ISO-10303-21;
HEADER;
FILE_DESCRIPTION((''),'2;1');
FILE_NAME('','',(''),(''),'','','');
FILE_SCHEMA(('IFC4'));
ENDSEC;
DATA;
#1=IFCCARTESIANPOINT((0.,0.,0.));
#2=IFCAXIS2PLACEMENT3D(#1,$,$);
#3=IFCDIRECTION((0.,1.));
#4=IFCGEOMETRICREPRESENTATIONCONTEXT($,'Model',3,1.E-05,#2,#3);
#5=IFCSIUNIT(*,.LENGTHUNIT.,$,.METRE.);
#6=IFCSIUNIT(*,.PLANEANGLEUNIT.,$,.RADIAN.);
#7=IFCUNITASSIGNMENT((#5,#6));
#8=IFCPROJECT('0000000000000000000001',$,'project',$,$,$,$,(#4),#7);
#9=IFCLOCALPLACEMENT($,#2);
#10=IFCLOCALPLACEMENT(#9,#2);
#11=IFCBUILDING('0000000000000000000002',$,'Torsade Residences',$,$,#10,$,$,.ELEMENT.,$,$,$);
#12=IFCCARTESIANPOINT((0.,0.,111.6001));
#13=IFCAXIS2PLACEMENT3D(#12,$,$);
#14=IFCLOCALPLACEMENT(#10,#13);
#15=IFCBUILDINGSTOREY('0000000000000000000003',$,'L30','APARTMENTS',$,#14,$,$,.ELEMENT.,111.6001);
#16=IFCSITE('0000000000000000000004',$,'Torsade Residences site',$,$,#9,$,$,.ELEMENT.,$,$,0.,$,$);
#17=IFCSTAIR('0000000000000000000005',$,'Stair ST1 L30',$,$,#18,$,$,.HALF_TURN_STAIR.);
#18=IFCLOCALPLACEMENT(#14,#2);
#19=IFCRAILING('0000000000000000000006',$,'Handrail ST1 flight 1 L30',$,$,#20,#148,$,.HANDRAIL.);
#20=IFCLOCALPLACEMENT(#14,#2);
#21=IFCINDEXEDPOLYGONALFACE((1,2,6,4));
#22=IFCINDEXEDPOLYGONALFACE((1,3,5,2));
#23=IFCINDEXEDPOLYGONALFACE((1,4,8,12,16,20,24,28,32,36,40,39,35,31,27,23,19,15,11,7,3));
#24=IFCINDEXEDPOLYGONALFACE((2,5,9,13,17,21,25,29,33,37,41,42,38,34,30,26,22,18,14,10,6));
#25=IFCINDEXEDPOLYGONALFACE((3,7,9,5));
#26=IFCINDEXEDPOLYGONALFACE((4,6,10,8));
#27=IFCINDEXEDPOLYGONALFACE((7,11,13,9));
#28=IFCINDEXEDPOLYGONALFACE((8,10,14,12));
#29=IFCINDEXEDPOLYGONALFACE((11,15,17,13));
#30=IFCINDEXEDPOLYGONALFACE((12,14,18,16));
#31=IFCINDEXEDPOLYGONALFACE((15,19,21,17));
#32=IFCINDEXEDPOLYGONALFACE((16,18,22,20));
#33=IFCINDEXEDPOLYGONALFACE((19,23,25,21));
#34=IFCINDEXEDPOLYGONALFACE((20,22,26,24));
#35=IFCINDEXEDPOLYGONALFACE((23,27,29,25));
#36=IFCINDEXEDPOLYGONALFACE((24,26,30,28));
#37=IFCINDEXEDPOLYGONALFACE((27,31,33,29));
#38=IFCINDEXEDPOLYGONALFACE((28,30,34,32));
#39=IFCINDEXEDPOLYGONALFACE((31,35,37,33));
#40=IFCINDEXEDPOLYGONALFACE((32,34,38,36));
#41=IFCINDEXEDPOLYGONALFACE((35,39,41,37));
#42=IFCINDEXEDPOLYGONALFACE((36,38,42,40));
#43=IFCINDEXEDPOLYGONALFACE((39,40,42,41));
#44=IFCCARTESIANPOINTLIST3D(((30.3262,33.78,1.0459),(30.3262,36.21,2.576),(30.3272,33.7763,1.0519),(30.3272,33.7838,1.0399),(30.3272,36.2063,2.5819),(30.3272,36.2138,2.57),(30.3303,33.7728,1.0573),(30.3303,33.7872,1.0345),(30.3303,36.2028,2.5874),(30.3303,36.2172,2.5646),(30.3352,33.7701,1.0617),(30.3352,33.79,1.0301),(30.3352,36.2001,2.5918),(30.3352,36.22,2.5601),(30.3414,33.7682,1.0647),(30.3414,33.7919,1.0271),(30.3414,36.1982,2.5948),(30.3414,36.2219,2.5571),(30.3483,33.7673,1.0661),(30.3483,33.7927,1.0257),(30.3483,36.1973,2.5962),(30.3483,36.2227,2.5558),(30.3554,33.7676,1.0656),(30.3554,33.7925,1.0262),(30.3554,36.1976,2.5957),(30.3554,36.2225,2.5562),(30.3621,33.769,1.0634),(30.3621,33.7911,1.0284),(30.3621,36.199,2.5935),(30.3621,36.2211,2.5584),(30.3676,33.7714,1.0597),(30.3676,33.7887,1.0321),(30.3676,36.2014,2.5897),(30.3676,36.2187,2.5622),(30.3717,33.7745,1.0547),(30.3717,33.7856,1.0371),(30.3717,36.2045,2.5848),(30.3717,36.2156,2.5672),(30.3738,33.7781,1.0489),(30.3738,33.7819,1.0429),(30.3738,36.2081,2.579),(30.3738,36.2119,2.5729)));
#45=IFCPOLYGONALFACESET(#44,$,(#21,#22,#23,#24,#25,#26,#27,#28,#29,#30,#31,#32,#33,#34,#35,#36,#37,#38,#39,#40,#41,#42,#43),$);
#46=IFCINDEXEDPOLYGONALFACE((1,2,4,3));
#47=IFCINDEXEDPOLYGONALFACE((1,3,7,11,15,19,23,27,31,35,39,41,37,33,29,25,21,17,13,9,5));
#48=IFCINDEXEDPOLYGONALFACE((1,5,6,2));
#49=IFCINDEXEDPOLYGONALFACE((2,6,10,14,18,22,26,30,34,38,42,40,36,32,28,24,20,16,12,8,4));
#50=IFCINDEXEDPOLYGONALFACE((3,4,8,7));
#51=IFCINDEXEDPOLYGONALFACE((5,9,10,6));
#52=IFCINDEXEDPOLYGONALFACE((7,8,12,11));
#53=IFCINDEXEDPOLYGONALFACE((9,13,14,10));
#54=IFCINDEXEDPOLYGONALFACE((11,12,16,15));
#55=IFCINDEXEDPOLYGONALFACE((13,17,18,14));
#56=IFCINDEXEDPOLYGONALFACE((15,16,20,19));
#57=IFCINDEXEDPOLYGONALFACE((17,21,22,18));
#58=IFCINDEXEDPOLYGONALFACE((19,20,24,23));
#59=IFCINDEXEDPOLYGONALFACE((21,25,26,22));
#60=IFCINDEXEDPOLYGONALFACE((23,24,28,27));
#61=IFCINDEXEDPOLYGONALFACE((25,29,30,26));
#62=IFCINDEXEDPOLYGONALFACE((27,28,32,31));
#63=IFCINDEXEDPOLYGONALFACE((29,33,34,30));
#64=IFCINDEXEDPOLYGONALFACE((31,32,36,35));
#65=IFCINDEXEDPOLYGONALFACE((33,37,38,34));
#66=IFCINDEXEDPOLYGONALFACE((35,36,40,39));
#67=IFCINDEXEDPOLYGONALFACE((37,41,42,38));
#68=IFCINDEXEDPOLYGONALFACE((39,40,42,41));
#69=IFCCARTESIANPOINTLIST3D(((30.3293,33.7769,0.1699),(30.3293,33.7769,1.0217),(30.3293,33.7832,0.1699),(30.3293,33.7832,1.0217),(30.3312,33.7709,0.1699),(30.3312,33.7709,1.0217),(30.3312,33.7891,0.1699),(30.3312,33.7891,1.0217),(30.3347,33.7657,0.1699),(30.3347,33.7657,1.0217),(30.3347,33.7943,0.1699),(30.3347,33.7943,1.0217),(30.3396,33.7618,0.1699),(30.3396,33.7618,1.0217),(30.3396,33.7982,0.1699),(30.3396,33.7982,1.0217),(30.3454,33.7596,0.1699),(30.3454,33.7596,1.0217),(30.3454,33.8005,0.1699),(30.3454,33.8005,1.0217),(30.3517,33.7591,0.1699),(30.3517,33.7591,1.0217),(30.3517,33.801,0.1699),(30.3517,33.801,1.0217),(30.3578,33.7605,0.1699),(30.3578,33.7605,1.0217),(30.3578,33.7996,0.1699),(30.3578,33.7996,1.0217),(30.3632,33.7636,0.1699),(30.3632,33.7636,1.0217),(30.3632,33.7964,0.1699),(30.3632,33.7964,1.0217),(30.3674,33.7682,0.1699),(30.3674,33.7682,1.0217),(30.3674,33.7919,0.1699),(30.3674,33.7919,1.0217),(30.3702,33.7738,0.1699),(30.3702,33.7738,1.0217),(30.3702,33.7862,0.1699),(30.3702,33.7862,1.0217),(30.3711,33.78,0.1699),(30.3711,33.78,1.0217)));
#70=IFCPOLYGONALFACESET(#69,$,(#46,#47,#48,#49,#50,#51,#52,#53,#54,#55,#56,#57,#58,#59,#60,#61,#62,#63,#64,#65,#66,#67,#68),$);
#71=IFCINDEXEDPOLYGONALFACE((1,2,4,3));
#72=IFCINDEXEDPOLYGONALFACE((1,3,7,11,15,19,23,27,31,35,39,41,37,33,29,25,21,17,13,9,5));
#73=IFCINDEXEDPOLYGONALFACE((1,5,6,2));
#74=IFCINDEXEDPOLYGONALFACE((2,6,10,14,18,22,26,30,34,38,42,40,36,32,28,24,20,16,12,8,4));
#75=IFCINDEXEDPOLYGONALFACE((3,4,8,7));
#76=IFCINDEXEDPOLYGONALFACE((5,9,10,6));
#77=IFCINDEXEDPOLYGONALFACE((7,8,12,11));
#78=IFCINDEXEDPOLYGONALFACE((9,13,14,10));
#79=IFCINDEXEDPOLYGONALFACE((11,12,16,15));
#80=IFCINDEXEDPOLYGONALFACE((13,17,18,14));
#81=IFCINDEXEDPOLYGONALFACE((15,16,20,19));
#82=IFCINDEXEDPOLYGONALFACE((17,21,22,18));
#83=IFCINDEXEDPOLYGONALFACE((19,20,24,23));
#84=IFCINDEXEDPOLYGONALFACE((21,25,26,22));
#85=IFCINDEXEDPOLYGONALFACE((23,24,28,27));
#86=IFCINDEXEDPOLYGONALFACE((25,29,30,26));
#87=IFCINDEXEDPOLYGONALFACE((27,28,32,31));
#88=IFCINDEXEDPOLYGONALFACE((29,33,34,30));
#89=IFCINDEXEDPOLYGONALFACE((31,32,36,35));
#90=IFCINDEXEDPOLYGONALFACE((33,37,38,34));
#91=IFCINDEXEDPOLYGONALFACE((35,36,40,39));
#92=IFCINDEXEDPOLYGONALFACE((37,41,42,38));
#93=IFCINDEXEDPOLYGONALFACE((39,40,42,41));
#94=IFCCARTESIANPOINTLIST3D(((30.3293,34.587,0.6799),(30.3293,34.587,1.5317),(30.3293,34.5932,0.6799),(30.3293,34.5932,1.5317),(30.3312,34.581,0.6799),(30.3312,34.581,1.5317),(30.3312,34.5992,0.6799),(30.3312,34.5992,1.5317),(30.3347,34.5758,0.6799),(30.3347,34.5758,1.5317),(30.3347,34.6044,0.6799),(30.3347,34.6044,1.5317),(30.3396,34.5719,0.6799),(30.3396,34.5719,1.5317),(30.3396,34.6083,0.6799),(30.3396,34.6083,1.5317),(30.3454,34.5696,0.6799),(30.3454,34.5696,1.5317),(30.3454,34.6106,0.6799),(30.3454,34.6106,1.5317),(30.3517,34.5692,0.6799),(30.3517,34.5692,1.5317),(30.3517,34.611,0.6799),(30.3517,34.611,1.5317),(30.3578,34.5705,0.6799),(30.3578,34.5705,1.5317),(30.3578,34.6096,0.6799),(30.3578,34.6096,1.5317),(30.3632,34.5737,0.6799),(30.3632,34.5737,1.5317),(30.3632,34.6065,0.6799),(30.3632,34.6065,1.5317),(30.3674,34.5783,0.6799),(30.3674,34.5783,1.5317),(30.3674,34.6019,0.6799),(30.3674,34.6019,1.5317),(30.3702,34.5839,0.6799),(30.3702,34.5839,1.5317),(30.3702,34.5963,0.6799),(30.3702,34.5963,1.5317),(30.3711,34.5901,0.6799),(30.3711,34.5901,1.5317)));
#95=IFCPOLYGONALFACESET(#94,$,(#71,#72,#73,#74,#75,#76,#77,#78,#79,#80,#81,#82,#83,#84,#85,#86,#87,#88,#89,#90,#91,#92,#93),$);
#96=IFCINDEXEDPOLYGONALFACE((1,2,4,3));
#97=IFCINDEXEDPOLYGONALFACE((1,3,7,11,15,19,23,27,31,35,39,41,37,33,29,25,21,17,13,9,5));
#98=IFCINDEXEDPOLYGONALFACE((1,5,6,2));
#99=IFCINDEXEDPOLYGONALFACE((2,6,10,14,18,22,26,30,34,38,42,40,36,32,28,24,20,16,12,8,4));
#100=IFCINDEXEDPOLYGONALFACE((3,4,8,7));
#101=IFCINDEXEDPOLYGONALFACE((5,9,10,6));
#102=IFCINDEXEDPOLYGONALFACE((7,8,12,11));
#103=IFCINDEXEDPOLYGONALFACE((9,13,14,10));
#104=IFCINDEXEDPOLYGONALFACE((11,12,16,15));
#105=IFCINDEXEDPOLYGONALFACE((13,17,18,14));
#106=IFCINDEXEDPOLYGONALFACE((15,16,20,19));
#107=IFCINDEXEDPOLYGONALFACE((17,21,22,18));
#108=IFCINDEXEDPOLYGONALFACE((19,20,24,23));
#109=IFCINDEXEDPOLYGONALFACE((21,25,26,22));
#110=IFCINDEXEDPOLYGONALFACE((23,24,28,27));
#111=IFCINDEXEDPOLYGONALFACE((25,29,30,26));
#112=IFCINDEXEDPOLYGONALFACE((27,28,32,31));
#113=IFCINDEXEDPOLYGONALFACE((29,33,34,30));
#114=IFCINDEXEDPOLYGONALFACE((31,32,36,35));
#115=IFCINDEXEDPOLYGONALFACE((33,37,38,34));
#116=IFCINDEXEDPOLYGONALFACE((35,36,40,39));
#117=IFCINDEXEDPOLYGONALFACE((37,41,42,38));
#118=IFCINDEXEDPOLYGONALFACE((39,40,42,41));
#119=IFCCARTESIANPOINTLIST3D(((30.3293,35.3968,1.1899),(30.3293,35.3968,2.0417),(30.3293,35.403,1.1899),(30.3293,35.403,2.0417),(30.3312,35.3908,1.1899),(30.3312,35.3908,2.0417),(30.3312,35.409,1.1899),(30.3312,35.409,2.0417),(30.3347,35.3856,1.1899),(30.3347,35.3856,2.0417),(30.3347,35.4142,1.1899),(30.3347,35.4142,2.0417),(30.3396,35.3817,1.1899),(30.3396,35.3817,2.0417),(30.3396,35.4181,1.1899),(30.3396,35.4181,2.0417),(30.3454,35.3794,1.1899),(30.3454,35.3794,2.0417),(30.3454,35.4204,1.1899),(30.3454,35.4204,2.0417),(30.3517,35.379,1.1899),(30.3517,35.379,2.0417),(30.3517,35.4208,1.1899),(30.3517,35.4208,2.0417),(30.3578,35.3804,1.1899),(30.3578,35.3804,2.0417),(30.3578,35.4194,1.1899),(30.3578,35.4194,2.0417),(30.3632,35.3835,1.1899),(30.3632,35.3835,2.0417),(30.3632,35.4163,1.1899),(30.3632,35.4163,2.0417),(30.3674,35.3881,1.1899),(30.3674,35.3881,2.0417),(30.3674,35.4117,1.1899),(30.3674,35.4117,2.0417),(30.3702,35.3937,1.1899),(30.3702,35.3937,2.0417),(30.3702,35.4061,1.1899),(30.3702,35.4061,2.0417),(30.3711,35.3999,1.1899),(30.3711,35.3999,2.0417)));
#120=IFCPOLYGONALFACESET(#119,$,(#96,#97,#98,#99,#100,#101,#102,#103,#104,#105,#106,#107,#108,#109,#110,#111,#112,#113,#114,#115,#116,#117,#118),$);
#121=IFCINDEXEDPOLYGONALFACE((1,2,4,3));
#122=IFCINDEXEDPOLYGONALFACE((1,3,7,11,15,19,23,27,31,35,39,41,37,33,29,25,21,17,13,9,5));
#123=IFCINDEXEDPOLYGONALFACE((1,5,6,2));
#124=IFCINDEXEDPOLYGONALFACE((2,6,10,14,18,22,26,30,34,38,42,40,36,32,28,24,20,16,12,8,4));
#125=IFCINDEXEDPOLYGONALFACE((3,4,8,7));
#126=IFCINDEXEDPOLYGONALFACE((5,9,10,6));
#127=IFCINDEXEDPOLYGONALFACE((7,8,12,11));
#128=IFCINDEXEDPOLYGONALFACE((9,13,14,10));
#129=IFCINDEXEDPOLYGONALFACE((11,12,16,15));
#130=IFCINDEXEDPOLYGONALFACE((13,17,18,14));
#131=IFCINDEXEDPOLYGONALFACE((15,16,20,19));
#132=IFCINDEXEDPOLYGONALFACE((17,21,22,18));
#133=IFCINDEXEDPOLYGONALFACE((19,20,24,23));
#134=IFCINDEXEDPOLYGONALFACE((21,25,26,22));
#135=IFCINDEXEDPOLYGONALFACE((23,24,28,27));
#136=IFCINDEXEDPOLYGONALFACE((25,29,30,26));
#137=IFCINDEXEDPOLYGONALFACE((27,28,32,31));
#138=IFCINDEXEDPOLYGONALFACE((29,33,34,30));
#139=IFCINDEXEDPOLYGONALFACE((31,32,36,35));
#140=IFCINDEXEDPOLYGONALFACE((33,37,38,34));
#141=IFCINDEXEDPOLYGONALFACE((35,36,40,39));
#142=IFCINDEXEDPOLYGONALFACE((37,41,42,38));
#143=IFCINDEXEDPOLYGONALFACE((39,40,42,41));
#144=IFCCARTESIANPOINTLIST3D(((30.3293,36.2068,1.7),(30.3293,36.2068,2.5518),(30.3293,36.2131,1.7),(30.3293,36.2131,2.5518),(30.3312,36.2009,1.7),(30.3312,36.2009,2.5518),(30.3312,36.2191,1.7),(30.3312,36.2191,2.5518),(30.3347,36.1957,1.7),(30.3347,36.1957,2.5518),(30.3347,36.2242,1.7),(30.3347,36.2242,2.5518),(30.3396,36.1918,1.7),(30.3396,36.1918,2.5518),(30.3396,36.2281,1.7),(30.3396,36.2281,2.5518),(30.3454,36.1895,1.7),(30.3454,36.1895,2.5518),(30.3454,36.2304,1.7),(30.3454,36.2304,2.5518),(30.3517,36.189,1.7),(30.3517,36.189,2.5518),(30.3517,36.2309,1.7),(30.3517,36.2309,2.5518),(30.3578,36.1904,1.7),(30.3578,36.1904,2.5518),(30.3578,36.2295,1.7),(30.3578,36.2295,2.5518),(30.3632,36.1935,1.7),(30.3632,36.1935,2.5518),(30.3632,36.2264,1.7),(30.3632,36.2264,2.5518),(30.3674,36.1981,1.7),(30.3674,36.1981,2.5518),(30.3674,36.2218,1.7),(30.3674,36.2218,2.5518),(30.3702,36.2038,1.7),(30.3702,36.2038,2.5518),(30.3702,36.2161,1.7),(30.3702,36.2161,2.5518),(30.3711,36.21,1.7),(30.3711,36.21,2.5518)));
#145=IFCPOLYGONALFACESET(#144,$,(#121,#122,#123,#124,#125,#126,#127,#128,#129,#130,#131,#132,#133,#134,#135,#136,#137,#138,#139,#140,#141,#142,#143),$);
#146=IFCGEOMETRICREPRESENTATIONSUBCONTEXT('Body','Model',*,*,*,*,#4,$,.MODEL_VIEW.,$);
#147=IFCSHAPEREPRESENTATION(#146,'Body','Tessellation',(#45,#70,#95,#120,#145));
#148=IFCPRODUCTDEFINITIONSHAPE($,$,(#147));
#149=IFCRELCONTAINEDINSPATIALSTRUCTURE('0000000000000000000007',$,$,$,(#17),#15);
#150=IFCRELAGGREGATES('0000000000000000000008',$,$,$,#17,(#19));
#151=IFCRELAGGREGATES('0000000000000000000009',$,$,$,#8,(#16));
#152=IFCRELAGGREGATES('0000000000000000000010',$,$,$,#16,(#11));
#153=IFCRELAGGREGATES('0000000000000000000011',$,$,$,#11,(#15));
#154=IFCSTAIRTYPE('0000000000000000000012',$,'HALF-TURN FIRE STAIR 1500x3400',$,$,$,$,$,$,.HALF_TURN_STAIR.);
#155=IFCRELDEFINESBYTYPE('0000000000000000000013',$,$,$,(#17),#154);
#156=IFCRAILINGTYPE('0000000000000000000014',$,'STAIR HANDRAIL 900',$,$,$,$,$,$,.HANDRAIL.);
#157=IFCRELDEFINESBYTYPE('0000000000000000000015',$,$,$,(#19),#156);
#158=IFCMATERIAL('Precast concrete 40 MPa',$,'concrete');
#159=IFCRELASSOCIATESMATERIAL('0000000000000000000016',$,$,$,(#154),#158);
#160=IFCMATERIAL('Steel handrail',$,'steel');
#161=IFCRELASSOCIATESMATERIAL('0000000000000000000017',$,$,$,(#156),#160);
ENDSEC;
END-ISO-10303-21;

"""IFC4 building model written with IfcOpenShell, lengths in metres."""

from ifc_helpers import new_model, si_unit, direction, frame, origin, origin_2d, place, context, subcontext, project, spatial, circle, extrude, material, type_object, element, aggregate, save


model = new_model("IFC4")

# Units and contexts
model_context = context("Model", 3, precision=1e-05, world=origin(), true_north=direction((0.0, 1.0)))
body_context = subcontext(model_context, "Body", "Model", "MODEL_VIEW")
ifc_project = project(units=[si_unit("LENGTHUNIT", "METRE"), si_unit("PLANEANGLEUNIT", "RADIAN")], contexts=[model_context])

# Site, building, storey
site_placement = place(None, origin())
site = spatial("IfcSite", under=ifc_project, at=site_placement, Name="Torsade Residences site", CompositionType="ELEMENT", RefElevation=0.0)
building_placement = place(site_placement, origin())
building = spatial("IfcBuilding", under=site, at=building_placement, Name="Torsade Residences", CompositionType="ELEMENT")
storey_placement = place(building_placement, frame((0.0, 0.0, 111.6001)))
storey = spatial("IfcBuildingStorey", under=building, at=storey_placement, Name="L30", Description="APARTMENTS", CompositionType="ELEMENT", Elevation=111.6001)

# Stair, railing
ifc_material_1 = material(Name="Precast concrete 40 MPa", Category="concrete")
stair_type = type_object("IfcStairType", Name="HALF-TURN FIRE STAIR 1500x3400", PredefinedType="HALF_TURN_STAIR", material=ifc_material_1)
stair_placement = place(storey_placement, origin())
stair = element("IfcStair", 1, at=stair_placement, inside=storey, type_object=stair_type, Name="Stair ST1 L30", PredefinedType="HALF_TURN_STAIR")
ifc_material_2 = material(Name="Steel handrail", Category="steel")
railing_type = type_object("IfcRailingType", Name="STAIR HANDRAIL 900", PredefinedType="HANDRAIL", material=ifc_material_2)
railing_1_placement = place(storey_placement, frame((30.3501, 33.78, 0.1699)))
railing_1 = element("IfcRailing", 2, at=railing_1_placement, type_object=railing_type, Name="Handrail ST1 flight 1 L30", PredefinedType="HANDRAIL", context=body_context, shape_type="SweptSolid", body=[
    extrude(circle(Radius=0.0239, at=origin_2d()), frame((0.0, 0.0, 0.876), z_axis=(0.0, 0.846221, 0.532831), x_axis=(-1.0, 0.0, 0.0)), (0.0, 0.0, 1.0), 2.8716),
    extrude(circle(Radius=0.021, at=origin_2d()), origin(), (0.0, 0.0, 1.0), 0.8518),
    extrude(circle(Radius=0.021, at=origin_2d()), frame((0.0, 0.8101, 0.51)), (0.0, 0.0, 1.0), 0.8518),
    extrude(circle(Radius=0.021, at=origin_2d()), frame((0.0, 1.6199, 1.02)), (0.0, 0.0, 1.0), 0.8518),
    extrude(circle(Radius=0.021, at=origin_2d()), frame((0.0, 2.4299, 1.53)), (0.0, 0.0, 1.0), 0.8518),
])
aggregate(stair, [railing_1])

save(model, "model.ifc")
